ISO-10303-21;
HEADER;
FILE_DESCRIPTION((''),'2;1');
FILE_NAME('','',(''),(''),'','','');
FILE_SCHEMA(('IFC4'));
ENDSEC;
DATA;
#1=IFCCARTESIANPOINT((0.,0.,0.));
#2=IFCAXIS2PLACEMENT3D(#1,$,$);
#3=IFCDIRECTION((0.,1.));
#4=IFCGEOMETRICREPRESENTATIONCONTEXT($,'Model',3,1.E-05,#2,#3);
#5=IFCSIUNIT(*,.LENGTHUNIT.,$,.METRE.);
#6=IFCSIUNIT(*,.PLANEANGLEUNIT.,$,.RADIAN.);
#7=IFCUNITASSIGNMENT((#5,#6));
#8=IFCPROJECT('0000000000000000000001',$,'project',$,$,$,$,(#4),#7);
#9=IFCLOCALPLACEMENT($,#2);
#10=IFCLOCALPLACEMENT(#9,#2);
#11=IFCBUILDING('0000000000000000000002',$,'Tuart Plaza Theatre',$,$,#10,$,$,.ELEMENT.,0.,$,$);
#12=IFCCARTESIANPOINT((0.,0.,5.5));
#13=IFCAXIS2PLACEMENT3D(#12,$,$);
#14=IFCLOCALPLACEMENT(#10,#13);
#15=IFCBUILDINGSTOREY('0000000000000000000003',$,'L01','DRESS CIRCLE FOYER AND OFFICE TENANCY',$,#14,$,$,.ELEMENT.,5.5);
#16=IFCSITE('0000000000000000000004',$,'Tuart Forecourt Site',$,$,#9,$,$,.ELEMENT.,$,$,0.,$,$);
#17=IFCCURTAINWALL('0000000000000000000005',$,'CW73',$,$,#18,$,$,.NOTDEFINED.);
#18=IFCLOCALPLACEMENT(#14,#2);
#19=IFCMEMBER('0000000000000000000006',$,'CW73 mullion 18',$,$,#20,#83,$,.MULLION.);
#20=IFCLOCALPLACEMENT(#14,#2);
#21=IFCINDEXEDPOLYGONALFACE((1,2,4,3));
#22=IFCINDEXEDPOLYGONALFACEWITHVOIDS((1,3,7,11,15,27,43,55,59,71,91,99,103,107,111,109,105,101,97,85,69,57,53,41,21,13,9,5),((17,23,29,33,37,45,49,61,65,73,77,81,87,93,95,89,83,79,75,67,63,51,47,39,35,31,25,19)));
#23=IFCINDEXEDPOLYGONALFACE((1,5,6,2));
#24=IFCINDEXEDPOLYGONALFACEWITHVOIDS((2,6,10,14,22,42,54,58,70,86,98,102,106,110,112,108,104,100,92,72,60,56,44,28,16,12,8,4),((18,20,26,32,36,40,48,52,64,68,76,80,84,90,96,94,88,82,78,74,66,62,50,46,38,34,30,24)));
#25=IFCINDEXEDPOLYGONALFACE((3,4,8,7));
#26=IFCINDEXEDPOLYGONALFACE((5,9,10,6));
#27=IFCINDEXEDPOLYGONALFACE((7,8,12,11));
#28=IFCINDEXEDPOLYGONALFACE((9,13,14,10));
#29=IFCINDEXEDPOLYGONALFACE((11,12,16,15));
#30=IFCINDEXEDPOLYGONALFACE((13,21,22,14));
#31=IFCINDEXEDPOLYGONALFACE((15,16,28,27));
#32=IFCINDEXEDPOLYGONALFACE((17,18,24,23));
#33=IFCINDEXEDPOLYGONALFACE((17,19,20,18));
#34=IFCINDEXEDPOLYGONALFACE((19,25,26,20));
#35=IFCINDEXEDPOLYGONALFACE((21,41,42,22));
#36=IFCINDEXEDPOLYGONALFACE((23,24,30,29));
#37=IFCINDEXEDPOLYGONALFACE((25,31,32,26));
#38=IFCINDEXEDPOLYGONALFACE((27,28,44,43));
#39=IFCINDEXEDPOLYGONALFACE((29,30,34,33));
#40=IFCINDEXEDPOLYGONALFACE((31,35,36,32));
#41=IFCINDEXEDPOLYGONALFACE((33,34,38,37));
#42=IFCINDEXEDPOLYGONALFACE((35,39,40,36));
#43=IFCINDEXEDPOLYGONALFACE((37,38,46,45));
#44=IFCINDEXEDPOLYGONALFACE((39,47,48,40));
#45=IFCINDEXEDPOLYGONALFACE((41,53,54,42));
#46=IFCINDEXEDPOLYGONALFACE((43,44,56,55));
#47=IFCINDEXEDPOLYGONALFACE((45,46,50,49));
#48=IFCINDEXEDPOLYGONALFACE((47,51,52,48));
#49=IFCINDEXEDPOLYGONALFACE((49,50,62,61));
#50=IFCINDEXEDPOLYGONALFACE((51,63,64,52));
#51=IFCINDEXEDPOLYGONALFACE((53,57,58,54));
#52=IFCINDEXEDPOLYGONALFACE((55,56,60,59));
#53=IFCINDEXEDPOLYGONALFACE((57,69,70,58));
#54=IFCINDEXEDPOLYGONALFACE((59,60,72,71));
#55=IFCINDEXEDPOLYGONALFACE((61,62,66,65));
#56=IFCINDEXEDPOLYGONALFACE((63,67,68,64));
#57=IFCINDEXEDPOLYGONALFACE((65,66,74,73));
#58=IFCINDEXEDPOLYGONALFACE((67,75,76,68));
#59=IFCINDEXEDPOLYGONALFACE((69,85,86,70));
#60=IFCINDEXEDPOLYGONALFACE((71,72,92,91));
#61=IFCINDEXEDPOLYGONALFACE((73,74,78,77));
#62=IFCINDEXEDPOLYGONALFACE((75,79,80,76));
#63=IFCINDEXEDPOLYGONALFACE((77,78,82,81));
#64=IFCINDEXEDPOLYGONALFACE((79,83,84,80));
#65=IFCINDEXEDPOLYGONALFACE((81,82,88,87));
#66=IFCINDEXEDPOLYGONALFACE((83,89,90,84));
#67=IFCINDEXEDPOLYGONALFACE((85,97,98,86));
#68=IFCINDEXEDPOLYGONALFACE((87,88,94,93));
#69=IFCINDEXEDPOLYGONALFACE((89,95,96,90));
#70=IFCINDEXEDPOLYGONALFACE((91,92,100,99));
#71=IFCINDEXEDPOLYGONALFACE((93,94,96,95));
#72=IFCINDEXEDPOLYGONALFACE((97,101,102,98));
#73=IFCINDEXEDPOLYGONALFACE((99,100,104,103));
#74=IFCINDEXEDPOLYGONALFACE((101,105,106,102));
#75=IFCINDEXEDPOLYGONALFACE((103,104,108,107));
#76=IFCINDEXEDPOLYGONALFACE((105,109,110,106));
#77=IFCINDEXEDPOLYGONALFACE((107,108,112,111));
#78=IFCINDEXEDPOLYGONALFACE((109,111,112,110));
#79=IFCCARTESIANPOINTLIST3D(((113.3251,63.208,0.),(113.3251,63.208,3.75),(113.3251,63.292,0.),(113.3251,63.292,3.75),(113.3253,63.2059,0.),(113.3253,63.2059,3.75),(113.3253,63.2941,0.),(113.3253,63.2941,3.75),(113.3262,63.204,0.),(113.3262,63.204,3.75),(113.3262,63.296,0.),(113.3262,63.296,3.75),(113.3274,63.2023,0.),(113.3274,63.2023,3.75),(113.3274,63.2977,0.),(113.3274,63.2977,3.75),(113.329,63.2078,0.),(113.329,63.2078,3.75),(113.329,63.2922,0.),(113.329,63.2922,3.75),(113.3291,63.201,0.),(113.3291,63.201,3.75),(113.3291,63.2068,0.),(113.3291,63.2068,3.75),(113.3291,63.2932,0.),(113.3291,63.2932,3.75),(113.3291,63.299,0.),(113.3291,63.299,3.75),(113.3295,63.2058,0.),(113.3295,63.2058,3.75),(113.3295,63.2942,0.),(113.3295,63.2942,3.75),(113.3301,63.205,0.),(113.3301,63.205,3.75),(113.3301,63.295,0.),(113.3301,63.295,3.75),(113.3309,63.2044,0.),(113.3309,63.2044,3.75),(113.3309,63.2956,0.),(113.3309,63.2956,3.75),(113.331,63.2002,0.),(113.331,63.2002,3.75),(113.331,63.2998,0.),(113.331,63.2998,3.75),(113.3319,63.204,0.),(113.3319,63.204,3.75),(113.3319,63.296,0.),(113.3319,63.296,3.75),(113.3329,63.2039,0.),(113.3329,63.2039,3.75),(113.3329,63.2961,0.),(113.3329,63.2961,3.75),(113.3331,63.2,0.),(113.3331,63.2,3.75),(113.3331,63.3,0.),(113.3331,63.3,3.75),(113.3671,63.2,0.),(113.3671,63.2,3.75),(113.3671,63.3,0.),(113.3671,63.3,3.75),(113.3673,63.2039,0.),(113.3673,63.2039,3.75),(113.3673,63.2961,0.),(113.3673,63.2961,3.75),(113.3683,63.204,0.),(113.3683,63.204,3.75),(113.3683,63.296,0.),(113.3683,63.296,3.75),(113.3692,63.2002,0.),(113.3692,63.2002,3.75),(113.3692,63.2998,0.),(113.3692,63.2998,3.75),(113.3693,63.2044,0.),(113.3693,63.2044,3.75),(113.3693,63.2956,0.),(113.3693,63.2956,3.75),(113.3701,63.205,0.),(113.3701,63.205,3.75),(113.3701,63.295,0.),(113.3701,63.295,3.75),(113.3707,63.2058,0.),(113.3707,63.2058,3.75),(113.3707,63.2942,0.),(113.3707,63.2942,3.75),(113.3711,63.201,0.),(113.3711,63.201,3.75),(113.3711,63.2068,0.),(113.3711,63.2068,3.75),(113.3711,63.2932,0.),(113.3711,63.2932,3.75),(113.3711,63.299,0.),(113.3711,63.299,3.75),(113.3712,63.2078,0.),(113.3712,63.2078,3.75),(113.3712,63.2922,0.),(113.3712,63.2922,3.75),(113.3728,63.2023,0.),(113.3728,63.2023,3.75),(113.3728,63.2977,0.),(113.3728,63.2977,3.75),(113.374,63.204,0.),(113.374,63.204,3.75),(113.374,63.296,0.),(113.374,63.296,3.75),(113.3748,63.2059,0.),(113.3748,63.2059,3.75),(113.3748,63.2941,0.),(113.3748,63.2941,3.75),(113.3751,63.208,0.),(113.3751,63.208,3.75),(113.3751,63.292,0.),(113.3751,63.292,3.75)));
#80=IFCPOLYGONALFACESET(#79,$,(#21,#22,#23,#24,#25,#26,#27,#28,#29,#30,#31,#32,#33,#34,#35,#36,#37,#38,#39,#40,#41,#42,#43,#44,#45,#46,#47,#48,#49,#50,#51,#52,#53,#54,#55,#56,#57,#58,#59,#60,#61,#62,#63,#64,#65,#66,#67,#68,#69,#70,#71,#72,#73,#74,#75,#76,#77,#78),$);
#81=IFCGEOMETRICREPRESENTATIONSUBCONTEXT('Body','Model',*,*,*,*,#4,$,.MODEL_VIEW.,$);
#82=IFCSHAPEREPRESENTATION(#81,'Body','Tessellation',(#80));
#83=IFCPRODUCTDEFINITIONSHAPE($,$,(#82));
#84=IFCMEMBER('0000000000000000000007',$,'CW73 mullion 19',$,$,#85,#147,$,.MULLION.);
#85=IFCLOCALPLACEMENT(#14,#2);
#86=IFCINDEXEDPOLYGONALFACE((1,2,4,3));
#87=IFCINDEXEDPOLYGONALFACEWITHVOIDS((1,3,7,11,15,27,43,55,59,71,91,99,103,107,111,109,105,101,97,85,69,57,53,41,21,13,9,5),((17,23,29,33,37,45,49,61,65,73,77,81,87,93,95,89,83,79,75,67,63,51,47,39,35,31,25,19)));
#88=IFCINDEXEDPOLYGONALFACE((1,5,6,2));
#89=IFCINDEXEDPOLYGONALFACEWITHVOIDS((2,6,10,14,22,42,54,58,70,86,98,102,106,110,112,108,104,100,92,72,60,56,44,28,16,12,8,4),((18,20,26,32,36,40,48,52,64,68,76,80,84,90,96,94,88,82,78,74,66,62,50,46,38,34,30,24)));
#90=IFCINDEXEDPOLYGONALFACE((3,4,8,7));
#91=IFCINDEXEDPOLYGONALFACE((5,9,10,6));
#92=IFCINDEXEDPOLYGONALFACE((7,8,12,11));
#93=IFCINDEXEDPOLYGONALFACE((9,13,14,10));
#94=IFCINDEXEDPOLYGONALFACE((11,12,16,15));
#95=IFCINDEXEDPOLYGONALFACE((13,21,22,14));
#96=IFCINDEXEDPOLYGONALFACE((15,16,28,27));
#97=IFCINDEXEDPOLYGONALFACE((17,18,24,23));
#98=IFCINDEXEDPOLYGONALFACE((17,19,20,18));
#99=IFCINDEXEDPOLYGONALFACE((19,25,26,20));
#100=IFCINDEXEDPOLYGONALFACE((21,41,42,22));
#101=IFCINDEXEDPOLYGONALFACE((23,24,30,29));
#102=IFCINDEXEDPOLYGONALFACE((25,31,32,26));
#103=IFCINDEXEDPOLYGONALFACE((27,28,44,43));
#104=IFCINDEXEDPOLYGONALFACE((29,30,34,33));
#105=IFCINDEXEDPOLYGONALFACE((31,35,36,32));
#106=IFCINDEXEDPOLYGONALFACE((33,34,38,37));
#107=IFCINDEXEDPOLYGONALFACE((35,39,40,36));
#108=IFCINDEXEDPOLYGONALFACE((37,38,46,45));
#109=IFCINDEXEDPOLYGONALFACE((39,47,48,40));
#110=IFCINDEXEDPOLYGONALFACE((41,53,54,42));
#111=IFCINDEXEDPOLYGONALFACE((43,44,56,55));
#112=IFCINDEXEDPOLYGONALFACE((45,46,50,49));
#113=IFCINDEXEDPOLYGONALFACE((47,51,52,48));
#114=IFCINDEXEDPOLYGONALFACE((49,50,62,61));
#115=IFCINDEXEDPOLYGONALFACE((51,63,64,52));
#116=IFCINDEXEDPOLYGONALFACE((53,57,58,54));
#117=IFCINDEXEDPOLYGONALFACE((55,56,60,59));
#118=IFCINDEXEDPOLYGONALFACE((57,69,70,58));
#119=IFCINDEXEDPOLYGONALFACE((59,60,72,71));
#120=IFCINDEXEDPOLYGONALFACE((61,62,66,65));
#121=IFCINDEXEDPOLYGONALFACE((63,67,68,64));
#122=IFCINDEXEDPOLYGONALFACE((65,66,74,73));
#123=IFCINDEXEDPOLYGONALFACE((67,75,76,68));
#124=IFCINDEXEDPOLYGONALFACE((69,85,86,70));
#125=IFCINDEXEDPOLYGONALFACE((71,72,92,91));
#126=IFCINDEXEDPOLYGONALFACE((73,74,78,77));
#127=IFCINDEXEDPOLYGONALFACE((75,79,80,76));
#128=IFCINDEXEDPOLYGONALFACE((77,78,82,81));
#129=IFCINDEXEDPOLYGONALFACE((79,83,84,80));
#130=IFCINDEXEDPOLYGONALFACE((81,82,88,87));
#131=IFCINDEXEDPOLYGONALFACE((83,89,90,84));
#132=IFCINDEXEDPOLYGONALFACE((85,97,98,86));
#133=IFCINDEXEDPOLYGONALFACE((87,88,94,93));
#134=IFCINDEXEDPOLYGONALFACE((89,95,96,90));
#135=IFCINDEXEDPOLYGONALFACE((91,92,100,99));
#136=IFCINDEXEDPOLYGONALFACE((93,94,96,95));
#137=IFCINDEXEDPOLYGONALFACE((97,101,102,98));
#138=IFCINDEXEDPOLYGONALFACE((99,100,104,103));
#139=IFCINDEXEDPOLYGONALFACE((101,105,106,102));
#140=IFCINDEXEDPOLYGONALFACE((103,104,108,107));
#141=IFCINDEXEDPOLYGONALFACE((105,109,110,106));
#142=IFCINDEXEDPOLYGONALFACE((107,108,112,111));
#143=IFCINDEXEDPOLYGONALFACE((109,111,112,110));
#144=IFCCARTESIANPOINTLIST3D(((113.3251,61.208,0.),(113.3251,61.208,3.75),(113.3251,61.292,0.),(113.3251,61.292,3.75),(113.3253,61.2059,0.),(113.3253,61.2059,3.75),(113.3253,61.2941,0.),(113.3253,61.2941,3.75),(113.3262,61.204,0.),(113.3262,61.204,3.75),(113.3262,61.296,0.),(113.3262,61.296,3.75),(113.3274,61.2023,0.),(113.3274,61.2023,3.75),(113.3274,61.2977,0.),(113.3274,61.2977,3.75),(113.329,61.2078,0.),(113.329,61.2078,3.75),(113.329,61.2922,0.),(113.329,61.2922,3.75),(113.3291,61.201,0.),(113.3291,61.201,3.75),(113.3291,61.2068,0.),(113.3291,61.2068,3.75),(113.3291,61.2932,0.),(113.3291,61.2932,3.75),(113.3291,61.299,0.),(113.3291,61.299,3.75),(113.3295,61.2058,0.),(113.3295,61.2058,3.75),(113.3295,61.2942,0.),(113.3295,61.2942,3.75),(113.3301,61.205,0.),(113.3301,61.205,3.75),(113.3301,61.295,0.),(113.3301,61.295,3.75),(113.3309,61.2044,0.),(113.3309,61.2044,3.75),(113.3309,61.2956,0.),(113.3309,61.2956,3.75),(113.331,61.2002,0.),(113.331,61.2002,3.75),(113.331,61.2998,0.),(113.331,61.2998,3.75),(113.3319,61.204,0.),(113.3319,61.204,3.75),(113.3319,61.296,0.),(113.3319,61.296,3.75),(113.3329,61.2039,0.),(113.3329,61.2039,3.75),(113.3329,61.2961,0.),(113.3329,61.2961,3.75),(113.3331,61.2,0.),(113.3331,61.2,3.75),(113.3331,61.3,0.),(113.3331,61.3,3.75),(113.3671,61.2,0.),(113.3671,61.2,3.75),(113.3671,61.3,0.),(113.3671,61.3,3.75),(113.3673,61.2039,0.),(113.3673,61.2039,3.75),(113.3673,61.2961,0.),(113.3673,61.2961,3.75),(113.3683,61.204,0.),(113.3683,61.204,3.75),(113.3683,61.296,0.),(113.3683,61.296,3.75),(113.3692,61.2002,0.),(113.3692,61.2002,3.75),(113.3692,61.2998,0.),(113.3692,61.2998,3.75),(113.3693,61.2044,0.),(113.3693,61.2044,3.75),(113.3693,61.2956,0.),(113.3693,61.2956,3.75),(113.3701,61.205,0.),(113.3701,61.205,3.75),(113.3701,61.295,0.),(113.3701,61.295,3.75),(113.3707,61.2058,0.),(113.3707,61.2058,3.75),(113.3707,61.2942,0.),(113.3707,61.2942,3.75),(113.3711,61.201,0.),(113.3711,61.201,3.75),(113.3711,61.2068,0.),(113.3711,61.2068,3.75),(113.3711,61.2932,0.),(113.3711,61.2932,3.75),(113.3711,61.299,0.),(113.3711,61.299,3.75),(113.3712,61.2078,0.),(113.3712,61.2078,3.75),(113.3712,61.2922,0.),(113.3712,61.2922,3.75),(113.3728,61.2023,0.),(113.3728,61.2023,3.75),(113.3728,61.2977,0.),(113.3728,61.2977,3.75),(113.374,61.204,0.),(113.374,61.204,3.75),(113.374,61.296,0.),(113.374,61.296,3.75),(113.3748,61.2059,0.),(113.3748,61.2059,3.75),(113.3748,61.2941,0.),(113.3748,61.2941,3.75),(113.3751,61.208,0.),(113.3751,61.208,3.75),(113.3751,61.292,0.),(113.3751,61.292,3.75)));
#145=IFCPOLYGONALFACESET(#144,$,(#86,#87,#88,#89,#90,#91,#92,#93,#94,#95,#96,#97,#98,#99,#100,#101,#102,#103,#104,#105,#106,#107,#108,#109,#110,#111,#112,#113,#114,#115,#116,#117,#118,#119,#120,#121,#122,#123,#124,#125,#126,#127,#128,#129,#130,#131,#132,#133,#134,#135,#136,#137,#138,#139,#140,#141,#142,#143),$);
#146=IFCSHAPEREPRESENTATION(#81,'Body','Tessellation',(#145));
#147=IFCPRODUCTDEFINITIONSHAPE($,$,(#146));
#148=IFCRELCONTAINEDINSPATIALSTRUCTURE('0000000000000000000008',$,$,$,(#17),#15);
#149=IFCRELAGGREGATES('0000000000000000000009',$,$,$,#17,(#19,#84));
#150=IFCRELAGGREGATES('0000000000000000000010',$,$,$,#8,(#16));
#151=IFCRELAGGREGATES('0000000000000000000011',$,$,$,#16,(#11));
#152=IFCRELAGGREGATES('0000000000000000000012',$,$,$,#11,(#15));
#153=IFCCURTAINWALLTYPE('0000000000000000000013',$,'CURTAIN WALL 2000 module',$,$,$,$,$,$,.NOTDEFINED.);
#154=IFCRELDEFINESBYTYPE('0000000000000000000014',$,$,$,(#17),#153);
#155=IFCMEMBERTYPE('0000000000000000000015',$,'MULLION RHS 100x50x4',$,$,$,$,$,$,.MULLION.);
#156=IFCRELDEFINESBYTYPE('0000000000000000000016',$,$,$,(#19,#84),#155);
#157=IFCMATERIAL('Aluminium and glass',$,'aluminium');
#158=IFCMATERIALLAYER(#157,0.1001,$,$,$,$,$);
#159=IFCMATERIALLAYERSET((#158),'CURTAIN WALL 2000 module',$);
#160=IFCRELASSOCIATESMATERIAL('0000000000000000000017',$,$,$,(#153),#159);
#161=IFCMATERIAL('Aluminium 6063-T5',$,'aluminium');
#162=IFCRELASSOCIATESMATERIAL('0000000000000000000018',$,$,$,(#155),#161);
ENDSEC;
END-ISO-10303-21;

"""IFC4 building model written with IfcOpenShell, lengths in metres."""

from ifc_helpers import new_model, si_unit, direction, frame, origin, origin_2d, place, context, subcontext, project, spatial, hollow_rectangle, extrude, material, layer, layer_set, material_profile, profile_set, type_object, element, aggregate, save


model = new_model("IFC4")

# Units and contexts
model_context = context("Model", 3, precision=1e-05, world=origin(), true_north=direction((0.0, 1.0)))
body_context = subcontext(model_context, "Body", "Model", "MODEL_VIEW")
ifc_project = project(units=[si_unit("LENGTHUNIT", "METRE"), si_unit("PLANEANGLEUNIT", "RADIAN")], contexts=[model_context])

# Site, building, storey
site_placement = place(None, origin())
site = spatial("IfcSite", under=ifc_project, at=site_placement, Name="Tuart Forecourt Site", CompositionType="ELEMENT", RefElevation=0.0)
building_placement = place(site_placement, origin())
building = spatial("IfcBuilding", under=site, at=building_placement, Name="Tuart Plaza Theatre", CompositionType="ELEMENT", ElevationOfRefHeight=0.0)
storey_placement = place(building_placement, frame((0.0, 0.0, 5.5)))
storey = spatial("IfcBuildingStorey", under=building, at=storey_placement, Name="L01", Description="DRESS CIRCLE FOYER AND OFFICE TENANCY", CompositionType="ELEMENT", Elevation=5.5)

# Curtain wall, members
ifc_material_1 = material(Name="Aluminium and glass", Category="aluminium")
ifc_layer_1 = layer(ifc_material_1, 0.1001)
ifc_layer_set_1 = layer_set([ifc_layer_1], Name="CURTAIN WALL 2000 module")
curtain_wall_type = type_object("IfcCurtainWallType", Name="CURTAIN WALL 2000 module", PredefinedType="NOTDEFINED", material=ifc_layer_set_1)
curtain_wall_placement = place(storey_placement, origin())
curtain_wall = element("IfcCurtainWall", 1, at=curtain_wall_placement, inside=storey, type_object=curtain_wall_type, Name="CW73", PredefinedType="NOTDEFINED")
ifc_material_2 = material(Name="Aluminium 6063-T5", Category="aluminium")
ifc_material_profile_1 = material_profile(ifc_material_2, hollow_rectangle(XDim=0.05, YDim=0.1001, WallThickness=0.0039, InnerFilletRadius=0.0039, OuterFilletRadius=0.0081, at=origin_2d()), Name="RHS 100x50x4")
ifc_profile_set_1 = profile_set([ifc_material_profile_1], Name="Aluminium 6063-T5")
member_type_1 = type_object("IfcMemberType", Name="MULLION RHS 100x50x4", PredefinedType="MULLION", material=ifc_profile_set_1)
member_1_placement = place(storey_placement, frame((113.3501, 63.25, 0.0), z_axis=(0.0, 0.0, 1.0), x_axis=(1.0, 0.0, 0.0)))
member_1 = element("IfcMember", 2, at=member_1_placement, type_object=member_type_1, Name="CW73 mullion 18", PredefinedType="MULLION", context=body_context, shape_type="SweptSolid", body=[
    extrude(hollow_rectangle(XDim=0.05, YDim=0.1001, WallThickness=0.0039, InnerFilletRadius=0.0039, OuterFilletRadius=0.0081, at=origin_2d()), origin(), (0.0, 0.0, 1.0), 3.75),
])
member_2_placement = place(storey_placement, frame((113.3501, 61.25, 0.0), z_axis=(0.0, 0.0, 1.0), x_axis=(1.0, 0.0, 0.0)))
member_2 = element("IfcMember", 3, at=member_2_placement, type_object=member_type_1, Name="CW73 mullion 19", PredefinedType="MULLION", context=body_context, shape_type="SweptSolid", body=[
    extrude(hollow_rectangle(XDim=0.05, YDim=0.1001, WallThickness=0.0039, InnerFilletRadius=0.0039, OuterFilletRadius=0.0081, at=origin_2d()), origin(), (0.0, 0.0, 1.0), 3.75),
])
aggregate(curtain_wall, [member_1, member_2])

save(model, "model.ifc")
